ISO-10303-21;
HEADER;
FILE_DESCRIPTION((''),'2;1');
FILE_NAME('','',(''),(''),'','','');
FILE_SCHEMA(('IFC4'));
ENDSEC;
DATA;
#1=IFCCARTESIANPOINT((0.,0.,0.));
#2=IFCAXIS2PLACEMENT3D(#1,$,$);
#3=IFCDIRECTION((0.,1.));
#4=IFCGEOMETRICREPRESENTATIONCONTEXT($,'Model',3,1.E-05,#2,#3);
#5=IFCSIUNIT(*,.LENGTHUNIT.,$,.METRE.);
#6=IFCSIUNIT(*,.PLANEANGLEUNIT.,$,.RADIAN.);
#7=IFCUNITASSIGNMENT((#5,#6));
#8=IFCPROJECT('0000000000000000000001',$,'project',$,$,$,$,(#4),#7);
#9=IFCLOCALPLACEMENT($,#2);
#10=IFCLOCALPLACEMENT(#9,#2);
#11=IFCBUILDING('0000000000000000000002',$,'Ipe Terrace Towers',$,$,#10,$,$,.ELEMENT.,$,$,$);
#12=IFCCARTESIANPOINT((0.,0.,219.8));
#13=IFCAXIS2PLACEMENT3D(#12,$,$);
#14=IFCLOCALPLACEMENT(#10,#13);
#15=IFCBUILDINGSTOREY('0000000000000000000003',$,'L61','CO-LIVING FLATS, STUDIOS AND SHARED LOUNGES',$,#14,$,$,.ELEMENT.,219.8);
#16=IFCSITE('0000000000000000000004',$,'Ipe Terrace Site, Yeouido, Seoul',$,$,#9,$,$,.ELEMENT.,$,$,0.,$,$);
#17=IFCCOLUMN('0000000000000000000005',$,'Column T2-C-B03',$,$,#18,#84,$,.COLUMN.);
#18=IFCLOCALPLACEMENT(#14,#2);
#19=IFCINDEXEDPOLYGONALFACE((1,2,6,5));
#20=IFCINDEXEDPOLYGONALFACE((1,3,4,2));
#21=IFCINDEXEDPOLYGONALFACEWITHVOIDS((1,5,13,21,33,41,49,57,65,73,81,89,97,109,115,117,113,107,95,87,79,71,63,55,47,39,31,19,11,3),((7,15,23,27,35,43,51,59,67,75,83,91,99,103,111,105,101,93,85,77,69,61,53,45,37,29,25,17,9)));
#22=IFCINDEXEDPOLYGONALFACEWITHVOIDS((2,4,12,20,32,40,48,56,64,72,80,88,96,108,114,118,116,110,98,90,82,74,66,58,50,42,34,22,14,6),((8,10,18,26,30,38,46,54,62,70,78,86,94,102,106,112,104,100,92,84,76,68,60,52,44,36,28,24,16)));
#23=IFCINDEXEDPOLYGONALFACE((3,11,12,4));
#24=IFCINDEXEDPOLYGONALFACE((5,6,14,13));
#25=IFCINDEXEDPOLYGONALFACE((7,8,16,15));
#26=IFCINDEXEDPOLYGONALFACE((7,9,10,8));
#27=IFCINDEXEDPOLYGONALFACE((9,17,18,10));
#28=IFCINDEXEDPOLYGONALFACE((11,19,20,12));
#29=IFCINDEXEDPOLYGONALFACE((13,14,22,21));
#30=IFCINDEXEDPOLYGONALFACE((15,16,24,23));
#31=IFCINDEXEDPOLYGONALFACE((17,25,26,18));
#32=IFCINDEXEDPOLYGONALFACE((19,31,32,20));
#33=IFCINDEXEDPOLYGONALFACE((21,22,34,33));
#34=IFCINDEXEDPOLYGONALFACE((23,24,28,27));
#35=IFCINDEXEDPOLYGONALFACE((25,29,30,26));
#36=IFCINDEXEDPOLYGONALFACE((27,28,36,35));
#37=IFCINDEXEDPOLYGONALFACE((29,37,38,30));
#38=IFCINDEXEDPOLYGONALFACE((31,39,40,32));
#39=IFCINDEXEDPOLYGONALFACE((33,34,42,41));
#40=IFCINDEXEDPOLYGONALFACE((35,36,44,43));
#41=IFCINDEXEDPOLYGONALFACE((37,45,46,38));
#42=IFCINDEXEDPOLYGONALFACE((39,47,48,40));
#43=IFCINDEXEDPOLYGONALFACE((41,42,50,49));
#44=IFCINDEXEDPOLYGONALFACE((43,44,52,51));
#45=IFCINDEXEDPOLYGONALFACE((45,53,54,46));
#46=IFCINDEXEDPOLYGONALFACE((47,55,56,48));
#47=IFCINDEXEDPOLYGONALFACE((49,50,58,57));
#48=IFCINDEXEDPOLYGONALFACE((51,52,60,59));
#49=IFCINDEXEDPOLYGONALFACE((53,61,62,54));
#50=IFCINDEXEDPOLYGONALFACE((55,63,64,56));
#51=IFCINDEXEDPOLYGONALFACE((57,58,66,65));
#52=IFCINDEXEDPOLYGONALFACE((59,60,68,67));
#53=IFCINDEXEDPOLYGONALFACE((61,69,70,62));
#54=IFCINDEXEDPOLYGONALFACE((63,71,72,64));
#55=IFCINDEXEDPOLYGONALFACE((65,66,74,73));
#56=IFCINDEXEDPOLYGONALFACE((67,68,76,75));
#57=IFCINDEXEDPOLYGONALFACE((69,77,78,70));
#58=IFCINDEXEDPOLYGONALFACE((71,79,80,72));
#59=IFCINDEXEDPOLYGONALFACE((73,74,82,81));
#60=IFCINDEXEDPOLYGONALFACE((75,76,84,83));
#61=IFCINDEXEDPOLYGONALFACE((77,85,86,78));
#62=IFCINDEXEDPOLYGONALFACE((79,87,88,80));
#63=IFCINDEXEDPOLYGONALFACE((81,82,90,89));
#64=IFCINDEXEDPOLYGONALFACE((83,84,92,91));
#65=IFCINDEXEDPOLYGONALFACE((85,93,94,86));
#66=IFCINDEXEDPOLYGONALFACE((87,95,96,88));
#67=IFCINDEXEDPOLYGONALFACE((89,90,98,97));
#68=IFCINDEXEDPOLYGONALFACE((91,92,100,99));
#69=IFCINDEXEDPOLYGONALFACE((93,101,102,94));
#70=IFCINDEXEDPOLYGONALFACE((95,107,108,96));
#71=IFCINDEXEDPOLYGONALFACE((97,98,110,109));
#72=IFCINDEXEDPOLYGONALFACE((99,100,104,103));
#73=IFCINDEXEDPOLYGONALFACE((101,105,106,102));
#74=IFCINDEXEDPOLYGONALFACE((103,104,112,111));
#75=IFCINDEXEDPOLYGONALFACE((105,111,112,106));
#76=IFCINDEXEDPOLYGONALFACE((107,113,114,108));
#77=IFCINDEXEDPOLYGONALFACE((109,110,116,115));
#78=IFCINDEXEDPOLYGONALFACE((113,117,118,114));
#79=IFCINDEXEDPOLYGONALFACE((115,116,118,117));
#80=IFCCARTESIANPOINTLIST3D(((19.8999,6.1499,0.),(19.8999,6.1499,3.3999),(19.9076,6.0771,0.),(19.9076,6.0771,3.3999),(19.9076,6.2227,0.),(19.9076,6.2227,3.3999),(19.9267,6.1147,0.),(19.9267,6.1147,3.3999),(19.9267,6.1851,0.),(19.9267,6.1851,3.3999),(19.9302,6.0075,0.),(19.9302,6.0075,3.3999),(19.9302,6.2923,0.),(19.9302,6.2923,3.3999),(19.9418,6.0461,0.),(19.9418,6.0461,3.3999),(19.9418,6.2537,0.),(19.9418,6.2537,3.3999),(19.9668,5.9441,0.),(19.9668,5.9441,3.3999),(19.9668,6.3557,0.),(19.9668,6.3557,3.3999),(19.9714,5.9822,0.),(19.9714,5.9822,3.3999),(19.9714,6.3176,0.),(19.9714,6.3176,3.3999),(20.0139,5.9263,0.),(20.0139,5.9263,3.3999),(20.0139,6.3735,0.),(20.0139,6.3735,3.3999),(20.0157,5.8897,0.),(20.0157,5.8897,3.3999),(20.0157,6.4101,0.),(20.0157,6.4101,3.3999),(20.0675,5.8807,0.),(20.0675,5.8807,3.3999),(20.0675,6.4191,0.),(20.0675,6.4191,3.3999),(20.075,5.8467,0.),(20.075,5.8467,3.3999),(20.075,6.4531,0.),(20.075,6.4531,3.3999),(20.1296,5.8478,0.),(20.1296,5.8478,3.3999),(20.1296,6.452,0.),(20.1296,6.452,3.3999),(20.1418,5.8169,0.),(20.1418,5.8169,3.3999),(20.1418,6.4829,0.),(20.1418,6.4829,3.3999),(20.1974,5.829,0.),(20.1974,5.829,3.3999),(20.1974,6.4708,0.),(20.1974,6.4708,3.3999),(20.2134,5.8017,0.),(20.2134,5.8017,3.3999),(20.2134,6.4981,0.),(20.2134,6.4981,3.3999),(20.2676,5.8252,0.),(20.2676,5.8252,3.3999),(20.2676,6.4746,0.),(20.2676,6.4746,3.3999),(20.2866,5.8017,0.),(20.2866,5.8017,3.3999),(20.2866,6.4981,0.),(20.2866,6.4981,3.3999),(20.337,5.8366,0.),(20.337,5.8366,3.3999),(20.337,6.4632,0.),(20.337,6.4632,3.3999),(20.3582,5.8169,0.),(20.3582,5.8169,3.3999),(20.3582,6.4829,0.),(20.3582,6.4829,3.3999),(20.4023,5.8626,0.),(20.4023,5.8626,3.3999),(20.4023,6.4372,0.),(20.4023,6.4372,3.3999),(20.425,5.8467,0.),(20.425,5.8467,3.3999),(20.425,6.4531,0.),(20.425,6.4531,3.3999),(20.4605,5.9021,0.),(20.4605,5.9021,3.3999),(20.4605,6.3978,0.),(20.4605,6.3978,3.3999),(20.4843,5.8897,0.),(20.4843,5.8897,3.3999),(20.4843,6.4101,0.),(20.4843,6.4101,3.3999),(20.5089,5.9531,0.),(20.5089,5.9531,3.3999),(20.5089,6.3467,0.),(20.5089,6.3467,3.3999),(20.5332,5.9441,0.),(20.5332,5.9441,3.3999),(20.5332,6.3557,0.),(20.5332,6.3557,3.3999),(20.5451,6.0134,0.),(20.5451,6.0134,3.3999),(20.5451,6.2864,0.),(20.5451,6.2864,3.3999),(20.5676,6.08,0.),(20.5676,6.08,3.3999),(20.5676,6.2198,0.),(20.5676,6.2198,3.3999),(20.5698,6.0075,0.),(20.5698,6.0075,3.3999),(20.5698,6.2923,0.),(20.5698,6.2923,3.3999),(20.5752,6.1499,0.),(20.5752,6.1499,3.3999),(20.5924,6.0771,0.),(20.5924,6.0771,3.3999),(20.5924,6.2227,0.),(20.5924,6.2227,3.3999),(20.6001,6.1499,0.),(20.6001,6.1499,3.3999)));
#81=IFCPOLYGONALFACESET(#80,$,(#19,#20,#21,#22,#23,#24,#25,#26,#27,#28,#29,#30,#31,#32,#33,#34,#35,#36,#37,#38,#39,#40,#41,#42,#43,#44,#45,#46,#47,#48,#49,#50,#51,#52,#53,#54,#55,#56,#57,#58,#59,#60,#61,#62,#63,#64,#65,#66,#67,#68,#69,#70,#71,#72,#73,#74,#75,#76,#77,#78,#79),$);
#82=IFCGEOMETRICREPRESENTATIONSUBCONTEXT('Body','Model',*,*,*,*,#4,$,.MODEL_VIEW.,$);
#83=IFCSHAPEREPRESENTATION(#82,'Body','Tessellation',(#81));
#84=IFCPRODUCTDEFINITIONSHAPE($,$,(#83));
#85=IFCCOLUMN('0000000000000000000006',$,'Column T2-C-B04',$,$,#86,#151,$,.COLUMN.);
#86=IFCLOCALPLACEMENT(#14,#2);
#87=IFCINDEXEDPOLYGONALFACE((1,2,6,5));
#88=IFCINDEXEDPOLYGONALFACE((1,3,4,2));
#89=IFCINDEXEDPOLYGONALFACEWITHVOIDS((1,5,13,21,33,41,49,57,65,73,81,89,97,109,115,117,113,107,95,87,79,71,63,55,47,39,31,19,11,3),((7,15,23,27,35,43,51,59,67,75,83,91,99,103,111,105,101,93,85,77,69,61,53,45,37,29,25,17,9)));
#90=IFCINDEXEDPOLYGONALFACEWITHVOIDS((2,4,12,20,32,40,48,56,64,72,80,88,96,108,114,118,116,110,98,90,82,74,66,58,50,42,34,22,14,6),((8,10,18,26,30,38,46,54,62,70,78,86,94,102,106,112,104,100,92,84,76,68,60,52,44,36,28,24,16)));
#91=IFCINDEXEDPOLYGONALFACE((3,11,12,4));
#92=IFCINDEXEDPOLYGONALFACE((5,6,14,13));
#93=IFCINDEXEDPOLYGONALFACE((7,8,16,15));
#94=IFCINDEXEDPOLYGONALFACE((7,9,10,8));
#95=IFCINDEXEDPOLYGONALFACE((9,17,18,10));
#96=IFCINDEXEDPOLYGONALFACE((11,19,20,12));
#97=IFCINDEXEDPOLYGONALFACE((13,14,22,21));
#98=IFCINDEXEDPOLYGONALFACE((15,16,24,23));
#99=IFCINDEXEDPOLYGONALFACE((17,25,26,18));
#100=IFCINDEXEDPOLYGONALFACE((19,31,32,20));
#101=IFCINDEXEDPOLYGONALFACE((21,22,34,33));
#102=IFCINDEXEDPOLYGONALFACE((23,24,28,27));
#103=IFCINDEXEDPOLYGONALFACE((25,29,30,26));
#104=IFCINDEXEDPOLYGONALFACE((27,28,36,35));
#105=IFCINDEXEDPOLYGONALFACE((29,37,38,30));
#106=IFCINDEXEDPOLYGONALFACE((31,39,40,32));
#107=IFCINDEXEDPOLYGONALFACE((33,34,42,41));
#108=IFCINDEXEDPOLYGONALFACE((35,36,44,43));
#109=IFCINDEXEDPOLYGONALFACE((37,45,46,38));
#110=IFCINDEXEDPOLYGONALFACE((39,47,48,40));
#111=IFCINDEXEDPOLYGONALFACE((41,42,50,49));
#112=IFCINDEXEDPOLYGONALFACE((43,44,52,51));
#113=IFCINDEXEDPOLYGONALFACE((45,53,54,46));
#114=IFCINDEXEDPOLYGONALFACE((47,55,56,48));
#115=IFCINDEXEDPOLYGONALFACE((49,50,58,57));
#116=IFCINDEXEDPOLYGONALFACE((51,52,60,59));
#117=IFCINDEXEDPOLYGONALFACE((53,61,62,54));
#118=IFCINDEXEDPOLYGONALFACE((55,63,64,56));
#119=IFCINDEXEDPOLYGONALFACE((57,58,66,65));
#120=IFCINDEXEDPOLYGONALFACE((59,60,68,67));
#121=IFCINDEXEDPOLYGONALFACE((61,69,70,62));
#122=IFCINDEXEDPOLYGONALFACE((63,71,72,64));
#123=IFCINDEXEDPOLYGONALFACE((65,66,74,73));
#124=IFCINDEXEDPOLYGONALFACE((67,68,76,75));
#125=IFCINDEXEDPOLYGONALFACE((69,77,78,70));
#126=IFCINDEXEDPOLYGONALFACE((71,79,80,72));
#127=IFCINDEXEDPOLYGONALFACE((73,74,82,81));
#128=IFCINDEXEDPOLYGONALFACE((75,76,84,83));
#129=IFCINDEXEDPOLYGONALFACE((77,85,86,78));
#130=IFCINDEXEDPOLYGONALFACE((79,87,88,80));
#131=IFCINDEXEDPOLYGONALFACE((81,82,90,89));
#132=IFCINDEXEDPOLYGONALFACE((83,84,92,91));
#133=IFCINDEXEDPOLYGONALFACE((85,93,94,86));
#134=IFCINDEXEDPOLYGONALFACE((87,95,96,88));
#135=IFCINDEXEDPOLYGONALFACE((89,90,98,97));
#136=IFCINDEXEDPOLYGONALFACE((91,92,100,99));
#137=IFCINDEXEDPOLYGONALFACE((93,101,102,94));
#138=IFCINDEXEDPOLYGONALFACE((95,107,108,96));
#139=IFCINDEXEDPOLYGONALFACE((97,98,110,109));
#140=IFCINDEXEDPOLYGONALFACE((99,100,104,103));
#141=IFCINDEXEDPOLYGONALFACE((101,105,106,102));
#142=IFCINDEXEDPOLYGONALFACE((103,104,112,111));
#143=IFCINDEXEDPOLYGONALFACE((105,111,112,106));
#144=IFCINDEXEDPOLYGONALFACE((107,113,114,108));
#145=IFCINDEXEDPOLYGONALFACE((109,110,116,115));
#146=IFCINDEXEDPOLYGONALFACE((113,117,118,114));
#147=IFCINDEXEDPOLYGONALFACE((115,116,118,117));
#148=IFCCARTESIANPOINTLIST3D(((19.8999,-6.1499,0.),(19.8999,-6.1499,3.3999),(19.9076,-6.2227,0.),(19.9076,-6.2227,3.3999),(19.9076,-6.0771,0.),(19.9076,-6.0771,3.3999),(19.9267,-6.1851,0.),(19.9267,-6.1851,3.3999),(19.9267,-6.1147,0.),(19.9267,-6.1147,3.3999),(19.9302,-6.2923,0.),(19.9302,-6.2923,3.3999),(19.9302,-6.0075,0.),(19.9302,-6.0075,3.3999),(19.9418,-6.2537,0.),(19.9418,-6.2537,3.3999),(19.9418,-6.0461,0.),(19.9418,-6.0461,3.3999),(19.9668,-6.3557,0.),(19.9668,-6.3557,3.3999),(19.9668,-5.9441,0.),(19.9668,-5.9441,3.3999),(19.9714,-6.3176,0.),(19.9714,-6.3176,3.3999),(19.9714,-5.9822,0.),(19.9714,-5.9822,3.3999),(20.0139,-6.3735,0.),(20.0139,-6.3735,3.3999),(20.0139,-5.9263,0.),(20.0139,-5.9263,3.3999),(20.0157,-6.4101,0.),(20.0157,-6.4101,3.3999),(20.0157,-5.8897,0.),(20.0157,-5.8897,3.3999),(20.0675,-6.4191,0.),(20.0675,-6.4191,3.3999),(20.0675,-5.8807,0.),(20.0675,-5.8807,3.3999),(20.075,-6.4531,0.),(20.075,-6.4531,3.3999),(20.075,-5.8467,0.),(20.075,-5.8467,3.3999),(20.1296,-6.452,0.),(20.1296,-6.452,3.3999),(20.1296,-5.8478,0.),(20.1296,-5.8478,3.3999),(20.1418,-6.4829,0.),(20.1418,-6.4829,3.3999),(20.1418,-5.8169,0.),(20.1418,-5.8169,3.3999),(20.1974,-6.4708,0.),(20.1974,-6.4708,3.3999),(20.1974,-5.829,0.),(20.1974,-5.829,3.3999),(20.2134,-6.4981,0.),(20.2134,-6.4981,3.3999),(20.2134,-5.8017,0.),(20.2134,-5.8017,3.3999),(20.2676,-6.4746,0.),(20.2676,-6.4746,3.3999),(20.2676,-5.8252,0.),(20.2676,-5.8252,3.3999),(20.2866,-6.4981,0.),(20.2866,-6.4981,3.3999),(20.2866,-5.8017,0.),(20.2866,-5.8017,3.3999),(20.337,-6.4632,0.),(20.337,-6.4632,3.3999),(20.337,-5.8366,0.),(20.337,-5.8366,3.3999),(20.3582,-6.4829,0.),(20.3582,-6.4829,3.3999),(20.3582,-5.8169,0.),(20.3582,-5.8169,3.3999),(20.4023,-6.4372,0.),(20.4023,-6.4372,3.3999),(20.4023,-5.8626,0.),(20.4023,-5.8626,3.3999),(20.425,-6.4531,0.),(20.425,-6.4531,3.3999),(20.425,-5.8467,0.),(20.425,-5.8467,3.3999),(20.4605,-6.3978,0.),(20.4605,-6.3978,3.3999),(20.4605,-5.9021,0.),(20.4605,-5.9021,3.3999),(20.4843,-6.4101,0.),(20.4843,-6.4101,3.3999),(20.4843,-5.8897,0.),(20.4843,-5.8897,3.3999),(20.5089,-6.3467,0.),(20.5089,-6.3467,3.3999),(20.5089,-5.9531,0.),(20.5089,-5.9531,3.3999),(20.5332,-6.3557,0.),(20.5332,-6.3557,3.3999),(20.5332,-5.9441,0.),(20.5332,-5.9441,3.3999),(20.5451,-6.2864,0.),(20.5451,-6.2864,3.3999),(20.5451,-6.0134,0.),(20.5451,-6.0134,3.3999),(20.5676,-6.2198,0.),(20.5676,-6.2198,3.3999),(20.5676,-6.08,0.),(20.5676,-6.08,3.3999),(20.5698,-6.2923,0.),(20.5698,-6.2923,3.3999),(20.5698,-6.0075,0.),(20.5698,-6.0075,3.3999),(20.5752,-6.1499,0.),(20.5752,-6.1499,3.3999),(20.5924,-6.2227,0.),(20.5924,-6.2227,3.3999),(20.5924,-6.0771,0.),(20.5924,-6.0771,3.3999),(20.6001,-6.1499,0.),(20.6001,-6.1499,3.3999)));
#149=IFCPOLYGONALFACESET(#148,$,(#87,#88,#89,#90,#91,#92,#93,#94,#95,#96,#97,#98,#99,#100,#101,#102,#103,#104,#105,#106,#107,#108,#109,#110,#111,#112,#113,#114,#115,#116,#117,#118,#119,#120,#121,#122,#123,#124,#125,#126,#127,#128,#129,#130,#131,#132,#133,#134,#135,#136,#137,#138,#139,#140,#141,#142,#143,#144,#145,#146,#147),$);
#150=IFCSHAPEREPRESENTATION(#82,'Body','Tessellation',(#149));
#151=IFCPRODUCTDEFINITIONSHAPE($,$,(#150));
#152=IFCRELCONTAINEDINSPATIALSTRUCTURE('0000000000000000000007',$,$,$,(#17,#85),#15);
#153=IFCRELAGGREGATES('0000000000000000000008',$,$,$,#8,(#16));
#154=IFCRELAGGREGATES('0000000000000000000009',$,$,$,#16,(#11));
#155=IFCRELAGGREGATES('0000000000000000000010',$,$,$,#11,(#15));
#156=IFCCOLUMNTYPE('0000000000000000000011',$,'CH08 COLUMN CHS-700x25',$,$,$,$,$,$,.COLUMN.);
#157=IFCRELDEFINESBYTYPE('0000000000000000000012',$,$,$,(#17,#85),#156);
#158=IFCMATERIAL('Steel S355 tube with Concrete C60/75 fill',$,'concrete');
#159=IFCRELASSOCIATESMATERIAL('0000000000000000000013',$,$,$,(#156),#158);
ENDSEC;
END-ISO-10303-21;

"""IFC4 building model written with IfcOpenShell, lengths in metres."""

from ifc_helpers import new_model, si_unit, direction, frame, origin, origin_2d, place, context, subcontext, project, spatial, hollow_circle, extrude, material, material_profile, profile_set, type_object, element, save


model = new_model("IFC4")

# Units and contexts
model_context = context("Model", 3, precision=1e-05, world=origin(), true_north=direction((0.0, 1.0)))
body_context = subcontext(model_context, "Body", "Model", "MODEL_VIEW")
ifc_project = project(units=[si_unit("LENGTHUNIT", "METRE"), si_unit("PLANEANGLEUNIT", "RADIAN")], contexts=[model_context])

# Site, building, storey
site_placement = place(None, origin())
site = spatial("IfcSite", under=ifc_project, at=site_placement, Name="Ipe Terrace Site, Yeouido, Seoul", CompositionType="ELEMENT", RefElevation=0.0)
building_placement = place(site_placement, origin())
building = spatial("IfcBuilding", under=site, at=building_placement, Name="Ipe Terrace Towers", CompositionType="ELEMENT")
storey_placement = place(building_placement, frame((0.0, 0.0, 219.8)))
storey = spatial("IfcBuildingStorey", under=building, at=storey_placement, Name="L61", Description="CO-LIVING FLATS, STUDIOS AND SHARED LOUNGES", CompositionType="ELEMENT", Elevation=219.8)

# Columns
ifc_material_1 = material(Name="Steel S355 tube with Concrete C60/75 fill", Category="concrete")
ifc_material_profile_1 = material_profile(ifc_material_1, hollow_circle(Radius=0.3501, WallThickness=0.0249, at=origin_2d()), Name="CHS-700x25")
ifc_profile_set_1 = profile_set([ifc_material_profile_1], Name="Steel S355 tube with Concrete C60/75 fill")
column_type = type_object("IfcColumnType", Name="CH08 COLUMN CHS-700x25", PredefinedType="COLUMN", material=ifc_profile_set_1)
for number, where, z_axis, x_axis, name in (
    (1, (20.25, 6.1499, 0.0), (0.0, 0.0, 1.0), (1.0, 0.0, 0.0), "Column T2-C-B03"),
    (2, (20.25, -6.1499, 0.0), (0.0, 0.0, 1.0), (1.0, 0.0, 0.0), "Column T2-C-B04"),
):
    element("IfcColumn", number, at=place(storey_placement, frame(where, z_axis=z_axis, x_axis=x_axis)), inside=storey, type_object=column_type, Name=name, PredefinedType="COLUMN", context=body_context, shape_type="SweptSolid", body=[
        extrude(hollow_circle(Radius=0.3501, WallThickness=0.0249, at=origin_2d()), origin(), (0.0, 0.0, 1.0), 3.3999),
    ])

save(model, "model.ifc")
